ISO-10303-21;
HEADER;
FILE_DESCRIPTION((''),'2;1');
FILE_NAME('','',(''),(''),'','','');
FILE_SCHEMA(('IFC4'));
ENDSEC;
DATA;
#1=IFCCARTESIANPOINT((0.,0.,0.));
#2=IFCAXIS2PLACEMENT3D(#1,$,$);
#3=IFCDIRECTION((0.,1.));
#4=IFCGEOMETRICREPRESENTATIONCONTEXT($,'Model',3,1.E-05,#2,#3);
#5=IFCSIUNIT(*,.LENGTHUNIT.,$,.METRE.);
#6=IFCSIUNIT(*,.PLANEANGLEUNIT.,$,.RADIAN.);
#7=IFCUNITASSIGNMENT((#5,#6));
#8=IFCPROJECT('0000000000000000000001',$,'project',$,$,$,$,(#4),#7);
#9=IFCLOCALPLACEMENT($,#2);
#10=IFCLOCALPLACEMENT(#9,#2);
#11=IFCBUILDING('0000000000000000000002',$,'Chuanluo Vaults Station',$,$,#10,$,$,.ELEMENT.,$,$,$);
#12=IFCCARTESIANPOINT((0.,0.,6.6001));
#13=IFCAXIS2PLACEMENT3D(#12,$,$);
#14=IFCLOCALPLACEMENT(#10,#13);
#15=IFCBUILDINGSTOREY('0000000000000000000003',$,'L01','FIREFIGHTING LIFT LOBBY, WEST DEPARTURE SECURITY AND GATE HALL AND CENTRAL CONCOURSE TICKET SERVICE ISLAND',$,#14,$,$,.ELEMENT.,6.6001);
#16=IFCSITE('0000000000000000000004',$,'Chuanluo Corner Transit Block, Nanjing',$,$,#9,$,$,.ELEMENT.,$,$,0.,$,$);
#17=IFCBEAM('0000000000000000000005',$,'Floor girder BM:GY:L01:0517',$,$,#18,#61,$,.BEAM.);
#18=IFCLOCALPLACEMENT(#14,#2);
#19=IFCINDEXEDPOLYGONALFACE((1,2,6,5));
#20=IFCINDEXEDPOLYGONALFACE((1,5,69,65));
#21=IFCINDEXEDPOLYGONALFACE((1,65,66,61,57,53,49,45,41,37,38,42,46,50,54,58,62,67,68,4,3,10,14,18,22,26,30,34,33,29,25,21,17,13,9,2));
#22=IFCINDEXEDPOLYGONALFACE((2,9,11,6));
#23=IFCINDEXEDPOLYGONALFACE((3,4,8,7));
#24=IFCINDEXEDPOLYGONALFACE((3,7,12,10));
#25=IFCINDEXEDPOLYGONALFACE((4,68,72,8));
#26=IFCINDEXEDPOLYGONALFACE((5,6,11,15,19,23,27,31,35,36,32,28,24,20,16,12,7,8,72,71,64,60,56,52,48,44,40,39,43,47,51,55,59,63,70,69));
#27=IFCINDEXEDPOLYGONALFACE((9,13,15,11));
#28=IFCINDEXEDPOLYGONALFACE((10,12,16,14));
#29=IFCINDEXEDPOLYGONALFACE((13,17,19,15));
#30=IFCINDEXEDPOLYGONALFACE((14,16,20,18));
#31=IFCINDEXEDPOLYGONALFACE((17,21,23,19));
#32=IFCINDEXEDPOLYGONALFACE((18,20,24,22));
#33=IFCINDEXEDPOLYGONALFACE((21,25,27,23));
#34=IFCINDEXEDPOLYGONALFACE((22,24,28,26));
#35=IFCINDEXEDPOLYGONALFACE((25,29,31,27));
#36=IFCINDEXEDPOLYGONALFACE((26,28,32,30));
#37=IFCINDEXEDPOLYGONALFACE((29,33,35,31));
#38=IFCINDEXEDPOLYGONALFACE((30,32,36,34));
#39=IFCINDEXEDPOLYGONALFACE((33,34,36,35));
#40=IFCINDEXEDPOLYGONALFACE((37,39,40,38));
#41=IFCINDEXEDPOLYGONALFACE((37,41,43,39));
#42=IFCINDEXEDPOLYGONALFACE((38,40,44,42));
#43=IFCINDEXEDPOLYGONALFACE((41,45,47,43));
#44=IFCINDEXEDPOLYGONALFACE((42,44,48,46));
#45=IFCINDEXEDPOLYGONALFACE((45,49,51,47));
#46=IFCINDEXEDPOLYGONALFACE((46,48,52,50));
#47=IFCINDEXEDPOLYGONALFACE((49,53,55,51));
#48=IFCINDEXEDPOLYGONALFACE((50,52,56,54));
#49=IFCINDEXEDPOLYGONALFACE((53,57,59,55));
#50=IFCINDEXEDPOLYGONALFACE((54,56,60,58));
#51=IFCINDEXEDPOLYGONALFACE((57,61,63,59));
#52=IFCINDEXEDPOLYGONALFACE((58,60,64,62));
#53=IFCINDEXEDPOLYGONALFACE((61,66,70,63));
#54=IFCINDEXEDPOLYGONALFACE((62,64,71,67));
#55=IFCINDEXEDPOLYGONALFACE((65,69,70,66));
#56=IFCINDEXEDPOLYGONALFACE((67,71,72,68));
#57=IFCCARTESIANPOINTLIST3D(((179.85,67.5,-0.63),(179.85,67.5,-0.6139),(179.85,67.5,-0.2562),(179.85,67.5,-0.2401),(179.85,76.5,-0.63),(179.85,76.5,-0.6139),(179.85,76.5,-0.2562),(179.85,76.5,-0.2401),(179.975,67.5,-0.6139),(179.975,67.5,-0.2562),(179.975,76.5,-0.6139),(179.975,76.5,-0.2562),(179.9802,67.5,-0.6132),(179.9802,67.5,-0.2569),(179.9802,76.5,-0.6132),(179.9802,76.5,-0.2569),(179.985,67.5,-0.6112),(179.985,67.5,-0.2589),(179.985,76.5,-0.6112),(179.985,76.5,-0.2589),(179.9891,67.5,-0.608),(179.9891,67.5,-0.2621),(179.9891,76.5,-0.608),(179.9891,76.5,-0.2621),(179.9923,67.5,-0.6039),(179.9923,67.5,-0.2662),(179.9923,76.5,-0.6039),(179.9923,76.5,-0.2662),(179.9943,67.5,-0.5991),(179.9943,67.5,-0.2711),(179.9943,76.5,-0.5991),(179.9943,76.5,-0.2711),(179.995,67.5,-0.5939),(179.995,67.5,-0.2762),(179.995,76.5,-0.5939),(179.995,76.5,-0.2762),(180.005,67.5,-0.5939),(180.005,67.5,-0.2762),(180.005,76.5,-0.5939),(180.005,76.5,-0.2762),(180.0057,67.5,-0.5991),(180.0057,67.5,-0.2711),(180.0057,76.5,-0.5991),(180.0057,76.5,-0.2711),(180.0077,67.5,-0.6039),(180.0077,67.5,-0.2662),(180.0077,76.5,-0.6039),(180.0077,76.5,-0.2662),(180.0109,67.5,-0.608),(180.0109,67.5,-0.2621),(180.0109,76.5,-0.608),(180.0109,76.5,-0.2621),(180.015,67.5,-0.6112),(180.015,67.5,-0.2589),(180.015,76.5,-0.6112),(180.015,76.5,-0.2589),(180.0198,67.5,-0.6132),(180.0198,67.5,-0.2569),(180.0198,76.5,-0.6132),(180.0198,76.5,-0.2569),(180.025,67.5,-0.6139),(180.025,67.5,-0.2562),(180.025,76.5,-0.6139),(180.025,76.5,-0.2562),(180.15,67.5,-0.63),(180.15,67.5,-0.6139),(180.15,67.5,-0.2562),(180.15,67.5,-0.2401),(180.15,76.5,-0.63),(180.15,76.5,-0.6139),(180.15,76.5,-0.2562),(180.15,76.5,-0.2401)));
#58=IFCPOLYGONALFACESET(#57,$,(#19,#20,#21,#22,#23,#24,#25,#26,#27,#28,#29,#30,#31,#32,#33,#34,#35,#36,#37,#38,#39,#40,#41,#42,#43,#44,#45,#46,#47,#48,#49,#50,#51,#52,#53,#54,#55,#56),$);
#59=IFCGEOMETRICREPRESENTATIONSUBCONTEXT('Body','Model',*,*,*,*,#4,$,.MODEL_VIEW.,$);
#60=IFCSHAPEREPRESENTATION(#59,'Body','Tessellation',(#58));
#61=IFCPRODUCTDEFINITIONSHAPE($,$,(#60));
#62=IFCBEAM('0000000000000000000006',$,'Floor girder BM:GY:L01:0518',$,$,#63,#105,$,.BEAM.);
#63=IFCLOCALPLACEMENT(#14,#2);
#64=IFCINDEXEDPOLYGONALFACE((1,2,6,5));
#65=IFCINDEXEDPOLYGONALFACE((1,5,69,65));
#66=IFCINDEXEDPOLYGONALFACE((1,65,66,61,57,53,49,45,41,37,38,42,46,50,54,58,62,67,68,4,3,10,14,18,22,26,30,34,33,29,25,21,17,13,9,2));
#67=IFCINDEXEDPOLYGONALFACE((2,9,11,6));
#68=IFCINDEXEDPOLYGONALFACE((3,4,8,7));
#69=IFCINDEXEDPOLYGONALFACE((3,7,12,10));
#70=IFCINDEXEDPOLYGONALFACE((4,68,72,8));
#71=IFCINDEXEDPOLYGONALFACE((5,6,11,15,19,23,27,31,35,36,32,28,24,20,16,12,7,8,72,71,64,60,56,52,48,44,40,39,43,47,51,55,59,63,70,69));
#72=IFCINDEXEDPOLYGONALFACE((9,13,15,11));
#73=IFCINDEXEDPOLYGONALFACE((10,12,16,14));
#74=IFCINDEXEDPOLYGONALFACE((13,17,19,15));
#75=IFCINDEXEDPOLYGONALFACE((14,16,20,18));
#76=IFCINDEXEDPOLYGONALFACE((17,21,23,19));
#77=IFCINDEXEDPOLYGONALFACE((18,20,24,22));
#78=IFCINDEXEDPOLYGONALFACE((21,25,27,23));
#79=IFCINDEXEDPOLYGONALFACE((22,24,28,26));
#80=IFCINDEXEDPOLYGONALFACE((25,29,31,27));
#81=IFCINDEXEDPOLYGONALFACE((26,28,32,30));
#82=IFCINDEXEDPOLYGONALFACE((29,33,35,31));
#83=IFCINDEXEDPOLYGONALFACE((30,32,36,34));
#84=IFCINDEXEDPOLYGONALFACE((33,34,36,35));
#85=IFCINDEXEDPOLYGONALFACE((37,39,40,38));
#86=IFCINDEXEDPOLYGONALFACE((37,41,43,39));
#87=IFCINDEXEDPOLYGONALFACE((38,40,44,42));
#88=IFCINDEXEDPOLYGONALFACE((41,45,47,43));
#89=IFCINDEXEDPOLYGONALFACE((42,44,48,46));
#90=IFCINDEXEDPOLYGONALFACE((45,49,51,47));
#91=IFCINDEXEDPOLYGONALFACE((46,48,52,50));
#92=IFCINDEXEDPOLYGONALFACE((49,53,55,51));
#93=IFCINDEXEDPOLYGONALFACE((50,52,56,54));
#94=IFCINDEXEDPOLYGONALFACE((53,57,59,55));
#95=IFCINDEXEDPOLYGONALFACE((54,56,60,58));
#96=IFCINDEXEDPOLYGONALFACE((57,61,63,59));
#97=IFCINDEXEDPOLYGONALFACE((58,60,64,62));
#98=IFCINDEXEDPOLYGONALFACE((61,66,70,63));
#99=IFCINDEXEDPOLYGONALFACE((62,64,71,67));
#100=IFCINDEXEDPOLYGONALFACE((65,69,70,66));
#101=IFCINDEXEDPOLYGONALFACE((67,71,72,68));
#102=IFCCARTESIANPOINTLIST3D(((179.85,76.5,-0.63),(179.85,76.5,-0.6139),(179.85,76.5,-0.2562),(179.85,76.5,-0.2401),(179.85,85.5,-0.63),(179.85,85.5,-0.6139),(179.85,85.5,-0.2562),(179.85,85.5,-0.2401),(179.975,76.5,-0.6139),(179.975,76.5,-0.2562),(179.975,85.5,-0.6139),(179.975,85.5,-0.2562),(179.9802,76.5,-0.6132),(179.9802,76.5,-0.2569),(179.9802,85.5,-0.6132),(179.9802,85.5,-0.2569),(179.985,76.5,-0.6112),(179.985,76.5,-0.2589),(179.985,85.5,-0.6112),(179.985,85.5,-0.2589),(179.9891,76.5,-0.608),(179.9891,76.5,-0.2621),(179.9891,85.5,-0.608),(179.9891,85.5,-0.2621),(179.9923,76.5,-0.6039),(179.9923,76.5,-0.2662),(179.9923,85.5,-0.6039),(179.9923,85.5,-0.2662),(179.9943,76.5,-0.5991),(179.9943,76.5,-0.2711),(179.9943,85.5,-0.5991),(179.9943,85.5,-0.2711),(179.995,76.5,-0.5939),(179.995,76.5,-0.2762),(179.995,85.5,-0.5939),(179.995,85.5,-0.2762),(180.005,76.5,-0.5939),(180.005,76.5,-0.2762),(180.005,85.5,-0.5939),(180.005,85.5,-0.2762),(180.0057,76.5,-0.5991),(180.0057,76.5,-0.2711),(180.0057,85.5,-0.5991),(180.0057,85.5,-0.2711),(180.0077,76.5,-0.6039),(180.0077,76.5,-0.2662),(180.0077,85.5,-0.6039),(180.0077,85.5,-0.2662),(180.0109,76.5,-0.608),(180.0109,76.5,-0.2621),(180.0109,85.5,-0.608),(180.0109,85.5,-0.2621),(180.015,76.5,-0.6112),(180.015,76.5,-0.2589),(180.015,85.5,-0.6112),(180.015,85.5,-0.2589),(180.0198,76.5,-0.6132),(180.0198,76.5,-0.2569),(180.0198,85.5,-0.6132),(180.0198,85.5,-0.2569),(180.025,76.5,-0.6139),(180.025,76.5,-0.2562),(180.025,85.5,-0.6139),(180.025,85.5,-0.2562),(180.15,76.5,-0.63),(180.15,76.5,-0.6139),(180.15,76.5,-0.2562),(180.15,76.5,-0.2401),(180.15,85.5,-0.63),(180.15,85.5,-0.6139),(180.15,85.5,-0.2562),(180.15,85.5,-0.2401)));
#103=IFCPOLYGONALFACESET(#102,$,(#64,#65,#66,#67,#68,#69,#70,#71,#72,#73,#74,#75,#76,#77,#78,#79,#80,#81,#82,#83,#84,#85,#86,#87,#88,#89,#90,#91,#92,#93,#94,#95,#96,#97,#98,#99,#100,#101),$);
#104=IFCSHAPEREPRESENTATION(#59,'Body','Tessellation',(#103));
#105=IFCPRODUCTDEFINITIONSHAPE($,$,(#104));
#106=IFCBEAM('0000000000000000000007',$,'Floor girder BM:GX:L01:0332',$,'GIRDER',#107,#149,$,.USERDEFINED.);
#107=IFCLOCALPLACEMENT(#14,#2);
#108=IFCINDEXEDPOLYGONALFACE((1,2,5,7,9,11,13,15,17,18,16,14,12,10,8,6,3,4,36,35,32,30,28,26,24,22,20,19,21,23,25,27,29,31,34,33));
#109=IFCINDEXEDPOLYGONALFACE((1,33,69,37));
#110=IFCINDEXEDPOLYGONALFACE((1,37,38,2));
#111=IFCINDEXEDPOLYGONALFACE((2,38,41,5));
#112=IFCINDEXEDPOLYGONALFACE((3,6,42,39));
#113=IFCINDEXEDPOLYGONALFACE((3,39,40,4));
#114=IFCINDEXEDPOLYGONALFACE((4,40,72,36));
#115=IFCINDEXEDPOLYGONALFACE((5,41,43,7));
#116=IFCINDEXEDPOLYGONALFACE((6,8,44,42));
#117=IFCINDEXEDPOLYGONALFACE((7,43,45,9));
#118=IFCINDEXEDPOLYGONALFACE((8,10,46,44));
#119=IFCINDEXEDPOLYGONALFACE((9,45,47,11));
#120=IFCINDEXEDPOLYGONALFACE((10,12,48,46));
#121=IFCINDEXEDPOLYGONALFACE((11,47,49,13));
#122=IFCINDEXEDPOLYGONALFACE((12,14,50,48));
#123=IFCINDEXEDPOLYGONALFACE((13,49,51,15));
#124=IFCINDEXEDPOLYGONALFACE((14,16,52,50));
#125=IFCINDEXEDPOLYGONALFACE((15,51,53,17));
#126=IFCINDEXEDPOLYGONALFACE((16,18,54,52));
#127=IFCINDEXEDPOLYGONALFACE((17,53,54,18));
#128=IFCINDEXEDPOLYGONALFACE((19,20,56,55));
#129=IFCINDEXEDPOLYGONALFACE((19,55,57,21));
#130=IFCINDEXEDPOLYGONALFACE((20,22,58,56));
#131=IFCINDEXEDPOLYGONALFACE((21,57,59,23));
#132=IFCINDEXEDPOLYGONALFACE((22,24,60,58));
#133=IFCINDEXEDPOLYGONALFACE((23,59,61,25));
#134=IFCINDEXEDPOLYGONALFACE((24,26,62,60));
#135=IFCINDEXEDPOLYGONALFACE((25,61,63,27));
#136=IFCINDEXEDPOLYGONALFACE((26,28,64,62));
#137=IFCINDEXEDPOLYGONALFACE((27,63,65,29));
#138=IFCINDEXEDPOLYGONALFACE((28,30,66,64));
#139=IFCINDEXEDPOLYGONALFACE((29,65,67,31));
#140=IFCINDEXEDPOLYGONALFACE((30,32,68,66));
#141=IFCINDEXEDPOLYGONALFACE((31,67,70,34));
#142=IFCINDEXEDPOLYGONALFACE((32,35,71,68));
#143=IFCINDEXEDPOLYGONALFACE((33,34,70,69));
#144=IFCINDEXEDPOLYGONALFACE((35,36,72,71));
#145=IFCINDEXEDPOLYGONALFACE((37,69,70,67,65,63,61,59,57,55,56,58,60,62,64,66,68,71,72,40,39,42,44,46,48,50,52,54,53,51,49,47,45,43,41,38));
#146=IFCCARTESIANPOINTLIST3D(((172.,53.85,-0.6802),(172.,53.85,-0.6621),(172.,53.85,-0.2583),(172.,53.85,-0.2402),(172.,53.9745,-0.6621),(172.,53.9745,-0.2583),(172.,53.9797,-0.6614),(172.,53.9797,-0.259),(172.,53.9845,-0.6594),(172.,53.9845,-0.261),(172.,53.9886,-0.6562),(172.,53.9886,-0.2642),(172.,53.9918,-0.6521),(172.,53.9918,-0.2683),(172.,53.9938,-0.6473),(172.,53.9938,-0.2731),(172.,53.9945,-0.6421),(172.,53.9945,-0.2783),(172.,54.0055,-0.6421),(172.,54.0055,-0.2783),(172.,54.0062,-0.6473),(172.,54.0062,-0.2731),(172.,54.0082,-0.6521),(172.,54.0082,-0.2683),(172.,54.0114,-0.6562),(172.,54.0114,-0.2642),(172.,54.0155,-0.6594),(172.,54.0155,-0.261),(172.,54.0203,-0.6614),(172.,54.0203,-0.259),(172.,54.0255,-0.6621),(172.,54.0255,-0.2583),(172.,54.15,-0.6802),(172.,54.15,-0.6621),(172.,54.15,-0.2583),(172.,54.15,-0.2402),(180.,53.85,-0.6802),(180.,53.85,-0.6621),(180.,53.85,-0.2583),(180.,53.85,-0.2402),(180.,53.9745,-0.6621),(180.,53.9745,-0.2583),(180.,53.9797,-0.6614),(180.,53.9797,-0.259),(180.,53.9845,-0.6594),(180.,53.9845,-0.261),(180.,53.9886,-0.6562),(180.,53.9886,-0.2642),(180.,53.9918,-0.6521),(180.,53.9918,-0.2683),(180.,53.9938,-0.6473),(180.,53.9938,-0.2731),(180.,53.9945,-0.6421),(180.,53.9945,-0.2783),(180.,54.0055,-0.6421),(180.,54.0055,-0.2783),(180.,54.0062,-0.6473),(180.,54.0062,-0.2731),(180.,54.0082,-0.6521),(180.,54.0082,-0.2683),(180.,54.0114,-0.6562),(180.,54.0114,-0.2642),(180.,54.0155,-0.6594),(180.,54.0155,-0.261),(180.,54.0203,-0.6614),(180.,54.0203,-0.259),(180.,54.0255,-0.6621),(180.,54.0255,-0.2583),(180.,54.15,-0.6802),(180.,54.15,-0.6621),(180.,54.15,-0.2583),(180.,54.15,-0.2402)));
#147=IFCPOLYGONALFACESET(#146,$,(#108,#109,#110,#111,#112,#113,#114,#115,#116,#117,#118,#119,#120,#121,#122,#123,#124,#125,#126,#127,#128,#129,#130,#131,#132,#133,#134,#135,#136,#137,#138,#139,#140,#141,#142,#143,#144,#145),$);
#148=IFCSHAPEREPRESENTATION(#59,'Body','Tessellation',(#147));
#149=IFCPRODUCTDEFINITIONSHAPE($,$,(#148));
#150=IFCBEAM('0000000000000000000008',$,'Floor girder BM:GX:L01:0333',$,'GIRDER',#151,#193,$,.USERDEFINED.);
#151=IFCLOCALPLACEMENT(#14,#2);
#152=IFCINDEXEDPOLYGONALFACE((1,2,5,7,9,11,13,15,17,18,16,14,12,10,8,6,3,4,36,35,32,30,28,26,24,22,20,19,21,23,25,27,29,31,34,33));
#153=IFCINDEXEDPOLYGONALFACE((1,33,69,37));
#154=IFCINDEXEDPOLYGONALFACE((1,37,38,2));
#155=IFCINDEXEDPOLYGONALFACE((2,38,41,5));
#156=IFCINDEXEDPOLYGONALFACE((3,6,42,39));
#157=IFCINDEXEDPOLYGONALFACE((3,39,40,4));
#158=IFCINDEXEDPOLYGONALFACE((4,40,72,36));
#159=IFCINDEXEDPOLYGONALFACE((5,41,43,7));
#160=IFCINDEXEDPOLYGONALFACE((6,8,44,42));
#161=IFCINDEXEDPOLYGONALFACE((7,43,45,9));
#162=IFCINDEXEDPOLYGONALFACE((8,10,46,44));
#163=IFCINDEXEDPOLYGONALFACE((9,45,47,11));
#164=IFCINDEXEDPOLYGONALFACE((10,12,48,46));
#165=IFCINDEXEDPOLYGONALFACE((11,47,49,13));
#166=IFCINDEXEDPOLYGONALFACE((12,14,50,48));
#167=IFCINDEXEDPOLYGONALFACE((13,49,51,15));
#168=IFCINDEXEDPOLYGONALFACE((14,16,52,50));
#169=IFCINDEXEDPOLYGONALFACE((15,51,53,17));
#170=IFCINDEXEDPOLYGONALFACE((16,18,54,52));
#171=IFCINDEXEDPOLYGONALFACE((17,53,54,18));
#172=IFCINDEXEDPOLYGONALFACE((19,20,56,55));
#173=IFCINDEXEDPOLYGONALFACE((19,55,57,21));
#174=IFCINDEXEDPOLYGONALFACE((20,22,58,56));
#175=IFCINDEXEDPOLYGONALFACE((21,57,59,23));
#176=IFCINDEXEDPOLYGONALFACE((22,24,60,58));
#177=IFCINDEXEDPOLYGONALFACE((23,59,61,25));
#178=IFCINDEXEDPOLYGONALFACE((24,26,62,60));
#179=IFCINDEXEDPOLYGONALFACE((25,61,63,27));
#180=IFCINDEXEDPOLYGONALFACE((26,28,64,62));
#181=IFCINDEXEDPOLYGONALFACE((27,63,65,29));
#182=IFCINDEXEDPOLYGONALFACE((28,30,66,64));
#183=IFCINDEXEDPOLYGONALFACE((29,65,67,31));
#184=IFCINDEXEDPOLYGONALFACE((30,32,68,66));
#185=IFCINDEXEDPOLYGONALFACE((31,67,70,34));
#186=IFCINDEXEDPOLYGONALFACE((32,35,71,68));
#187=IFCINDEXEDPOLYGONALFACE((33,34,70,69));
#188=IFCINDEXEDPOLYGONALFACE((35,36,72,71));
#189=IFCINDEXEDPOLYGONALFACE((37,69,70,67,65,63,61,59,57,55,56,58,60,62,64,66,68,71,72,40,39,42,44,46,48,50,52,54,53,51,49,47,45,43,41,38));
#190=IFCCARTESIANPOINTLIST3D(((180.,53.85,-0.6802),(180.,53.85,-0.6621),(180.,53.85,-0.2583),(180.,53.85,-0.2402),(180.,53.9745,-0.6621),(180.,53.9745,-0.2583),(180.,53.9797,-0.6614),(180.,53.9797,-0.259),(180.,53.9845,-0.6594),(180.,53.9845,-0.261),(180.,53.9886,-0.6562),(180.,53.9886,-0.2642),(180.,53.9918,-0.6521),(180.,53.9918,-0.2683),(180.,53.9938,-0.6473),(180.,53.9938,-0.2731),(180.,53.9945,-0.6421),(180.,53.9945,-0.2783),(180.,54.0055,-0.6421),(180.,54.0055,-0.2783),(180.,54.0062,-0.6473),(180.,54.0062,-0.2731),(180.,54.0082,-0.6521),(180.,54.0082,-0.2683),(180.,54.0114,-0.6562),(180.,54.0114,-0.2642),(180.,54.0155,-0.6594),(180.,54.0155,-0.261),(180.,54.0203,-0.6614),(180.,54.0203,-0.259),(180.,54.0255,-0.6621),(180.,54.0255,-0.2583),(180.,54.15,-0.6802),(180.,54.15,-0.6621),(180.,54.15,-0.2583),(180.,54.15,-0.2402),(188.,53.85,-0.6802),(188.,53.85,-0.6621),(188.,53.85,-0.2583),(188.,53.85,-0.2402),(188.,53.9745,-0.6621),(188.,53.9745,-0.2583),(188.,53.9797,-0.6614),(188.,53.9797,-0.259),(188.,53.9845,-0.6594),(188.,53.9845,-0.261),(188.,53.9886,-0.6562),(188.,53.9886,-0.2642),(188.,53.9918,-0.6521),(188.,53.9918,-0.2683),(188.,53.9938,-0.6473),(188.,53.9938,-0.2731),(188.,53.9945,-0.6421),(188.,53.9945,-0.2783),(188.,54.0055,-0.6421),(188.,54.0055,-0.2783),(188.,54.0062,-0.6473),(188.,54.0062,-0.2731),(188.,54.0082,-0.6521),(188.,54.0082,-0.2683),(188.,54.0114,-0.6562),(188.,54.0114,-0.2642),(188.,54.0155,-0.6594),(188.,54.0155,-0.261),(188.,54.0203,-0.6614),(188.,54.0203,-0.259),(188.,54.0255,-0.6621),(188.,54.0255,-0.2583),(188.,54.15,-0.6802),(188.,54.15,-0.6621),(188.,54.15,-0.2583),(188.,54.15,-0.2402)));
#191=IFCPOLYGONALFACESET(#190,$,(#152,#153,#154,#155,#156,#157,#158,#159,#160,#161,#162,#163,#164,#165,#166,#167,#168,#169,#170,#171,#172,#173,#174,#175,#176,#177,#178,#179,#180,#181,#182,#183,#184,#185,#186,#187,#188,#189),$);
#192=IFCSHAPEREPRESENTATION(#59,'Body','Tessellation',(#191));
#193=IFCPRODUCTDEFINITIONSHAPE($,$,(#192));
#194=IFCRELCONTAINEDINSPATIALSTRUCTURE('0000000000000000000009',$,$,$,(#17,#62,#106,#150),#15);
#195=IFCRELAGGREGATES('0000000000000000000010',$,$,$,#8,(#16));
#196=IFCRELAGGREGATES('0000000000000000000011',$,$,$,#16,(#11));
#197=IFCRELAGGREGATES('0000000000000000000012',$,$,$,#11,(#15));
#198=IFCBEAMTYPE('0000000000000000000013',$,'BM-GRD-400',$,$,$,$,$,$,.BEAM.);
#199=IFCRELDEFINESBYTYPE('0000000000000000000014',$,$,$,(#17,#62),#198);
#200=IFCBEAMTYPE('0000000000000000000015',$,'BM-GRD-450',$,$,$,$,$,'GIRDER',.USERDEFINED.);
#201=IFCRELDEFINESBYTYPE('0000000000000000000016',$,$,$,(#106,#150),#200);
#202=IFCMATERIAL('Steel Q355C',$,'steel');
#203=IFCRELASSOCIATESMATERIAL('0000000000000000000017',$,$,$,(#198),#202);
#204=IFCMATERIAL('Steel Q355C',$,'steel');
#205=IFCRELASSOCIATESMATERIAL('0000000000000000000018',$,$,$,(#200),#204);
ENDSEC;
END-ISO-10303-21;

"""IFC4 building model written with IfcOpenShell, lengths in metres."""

from ifc_helpers import new_model, si_unit, direction, frame, origin, origin_2d, place, context, subcontext, project, spatial, i_section, extrude, material, material_profile, profile_set, type_object, element, save


model = new_model("IFC4")

# Units and contexts
model_context = context("Model", 3, precision=1e-05, world=origin(), true_north=direction((0.0, 1.0)))
body_context = subcontext(model_context, "Body", "Model", "MODEL_VIEW")
ifc_project = project(units=[si_unit("LENGTHUNIT", "METRE"), si_unit("PLANEANGLEUNIT", "RADIAN")], contexts=[model_context])

# Site, building, storey
site_placement = place(None, origin())
site = spatial("IfcSite", under=ifc_project, at=site_placement, Name="Chuanluo Corner Transit Block, Nanjing", CompositionType="ELEMENT", RefElevation=0.0)
building_placement = place(site_placement, origin())
building = spatial("IfcBuilding", under=site, at=building_placement, Name="Chuanluo Vaults Station", CompositionType="ELEMENT")
storey_placement = place(building_placement, frame((0.0, 0.0, 6.6001)))
storey = spatial("IfcBuildingStorey", under=building, at=storey_placement, Name="L01", Description="FIREFIGHTING LIFT LOBBY, WEST DEPARTURE SECURITY AND GATE HALL AND CENTRAL CONCOURSE TICKET SERVICE ISLAND", CompositionType="ELEMENT", Elevation=6.6001)

# Beams
ifc_material_1 = material(Name="Steel Q355C", Category="steel")
ifc_material_profile_1 = material_profile(ifc_material_1, i_section(OverallWidth=0.3, OverallDepth=0.3899, WebThickness=0.01, FlangeThickness=0.0161, FilletRadius=0.02, at=origin_2d()))
ifc_profile_set_1 = profile_set([ifc_material_profile_1], Name="Steel Q355C")
beam_type_1 = type_object("IfcBeamType", Name="BM-GRD-400", PredefinedType="BEAM", material=ifc_profile_set_1)
for number, where, z_axis, x_axis, name in (
    (1, (180.0, 67.5, -0.4351), (0.0, 1.0, 0.0), (-1.0, 0.0, 0.0), "Floor girder BM:GY:L01:0517"),
    (2, (180.0, 76.5, -0.4351), (0.0, 1.0, 0.0), (-1.0, 0.0, 0.0), "Floor girder BM:GY:L01:0518"),
):
    element("IfcBeam", number, at=place(storey_placement, frame(where, z_axis=z_axis, x_axis=x_axis)), inside=storey, type_object=beam_type_1, Name=name, PredefinedType="BEAM", context=body_context, shape_type="SweptSolid", body=[
        extrude(i_section(OverallWidth=0.3, OverallDepth=0.3899, WebThickness=0.01, FlangeThickness=0.0161, FilletRadius=0.02, at=origin_2d()), origin(), (0.0, 0.0, 1.0), 9.0),
    ])
ifc_material_2 = material(Name="Steel Q355C", Category="steel")
ifc_material_profile_2 = material_profile(ifc_material_2, i_section(OverallWidth=0.3, OverallDepth=0.4399, WebThickness=0.011, FlangeThickness=0.0181, FilletRadius=0.02, at=origin_2d()))
ifc_profile_set_2 = profile_set([ifc_material_profile_2], Name="Steel Q355C")
beam_type_2 = type_object("IfcBeamType", Name="BM-GRD-450", ElementType="GIRDER", PredefinedType="USERDEFINED", material=ifc_profile_set_2)
for number, where, z_axis, x_axis, name in (
    (3, (172.0, 54.0, -0.4602), (1.0, 0.0, 0.0), (0.0, 1.0, 0.0), "Floor girder BM:GX:L01:0332"),
    (4, (180.0, 54.0, -0.4602), (1.0, 0.0, 0.0), (0.0, 1.0, 0.0), "Floor girder BM:GX:L01:0333"),
):
    element("IfcBeam", number, at=place(storey_placement, frame(where, z_axis=z_axis, x_axis=x_axis)), inside=storey, type_object=beam_type_2, Name=name, ObjectType="GIRDER", PredefinedType="USERDEFINED", context=body_context, shape_type="SweptSolid", body=[
        extrude(i_section(OverallWidth=0.3, OverallDepth=0.4399, WebThickness=0.011, FlangeThickness=0.0181, FilletRadius=0.02, at=origin_2d()), origin(), (0.0, 0.0, 1.0), 8.0),
    ])

save(model, "model.ifc")
